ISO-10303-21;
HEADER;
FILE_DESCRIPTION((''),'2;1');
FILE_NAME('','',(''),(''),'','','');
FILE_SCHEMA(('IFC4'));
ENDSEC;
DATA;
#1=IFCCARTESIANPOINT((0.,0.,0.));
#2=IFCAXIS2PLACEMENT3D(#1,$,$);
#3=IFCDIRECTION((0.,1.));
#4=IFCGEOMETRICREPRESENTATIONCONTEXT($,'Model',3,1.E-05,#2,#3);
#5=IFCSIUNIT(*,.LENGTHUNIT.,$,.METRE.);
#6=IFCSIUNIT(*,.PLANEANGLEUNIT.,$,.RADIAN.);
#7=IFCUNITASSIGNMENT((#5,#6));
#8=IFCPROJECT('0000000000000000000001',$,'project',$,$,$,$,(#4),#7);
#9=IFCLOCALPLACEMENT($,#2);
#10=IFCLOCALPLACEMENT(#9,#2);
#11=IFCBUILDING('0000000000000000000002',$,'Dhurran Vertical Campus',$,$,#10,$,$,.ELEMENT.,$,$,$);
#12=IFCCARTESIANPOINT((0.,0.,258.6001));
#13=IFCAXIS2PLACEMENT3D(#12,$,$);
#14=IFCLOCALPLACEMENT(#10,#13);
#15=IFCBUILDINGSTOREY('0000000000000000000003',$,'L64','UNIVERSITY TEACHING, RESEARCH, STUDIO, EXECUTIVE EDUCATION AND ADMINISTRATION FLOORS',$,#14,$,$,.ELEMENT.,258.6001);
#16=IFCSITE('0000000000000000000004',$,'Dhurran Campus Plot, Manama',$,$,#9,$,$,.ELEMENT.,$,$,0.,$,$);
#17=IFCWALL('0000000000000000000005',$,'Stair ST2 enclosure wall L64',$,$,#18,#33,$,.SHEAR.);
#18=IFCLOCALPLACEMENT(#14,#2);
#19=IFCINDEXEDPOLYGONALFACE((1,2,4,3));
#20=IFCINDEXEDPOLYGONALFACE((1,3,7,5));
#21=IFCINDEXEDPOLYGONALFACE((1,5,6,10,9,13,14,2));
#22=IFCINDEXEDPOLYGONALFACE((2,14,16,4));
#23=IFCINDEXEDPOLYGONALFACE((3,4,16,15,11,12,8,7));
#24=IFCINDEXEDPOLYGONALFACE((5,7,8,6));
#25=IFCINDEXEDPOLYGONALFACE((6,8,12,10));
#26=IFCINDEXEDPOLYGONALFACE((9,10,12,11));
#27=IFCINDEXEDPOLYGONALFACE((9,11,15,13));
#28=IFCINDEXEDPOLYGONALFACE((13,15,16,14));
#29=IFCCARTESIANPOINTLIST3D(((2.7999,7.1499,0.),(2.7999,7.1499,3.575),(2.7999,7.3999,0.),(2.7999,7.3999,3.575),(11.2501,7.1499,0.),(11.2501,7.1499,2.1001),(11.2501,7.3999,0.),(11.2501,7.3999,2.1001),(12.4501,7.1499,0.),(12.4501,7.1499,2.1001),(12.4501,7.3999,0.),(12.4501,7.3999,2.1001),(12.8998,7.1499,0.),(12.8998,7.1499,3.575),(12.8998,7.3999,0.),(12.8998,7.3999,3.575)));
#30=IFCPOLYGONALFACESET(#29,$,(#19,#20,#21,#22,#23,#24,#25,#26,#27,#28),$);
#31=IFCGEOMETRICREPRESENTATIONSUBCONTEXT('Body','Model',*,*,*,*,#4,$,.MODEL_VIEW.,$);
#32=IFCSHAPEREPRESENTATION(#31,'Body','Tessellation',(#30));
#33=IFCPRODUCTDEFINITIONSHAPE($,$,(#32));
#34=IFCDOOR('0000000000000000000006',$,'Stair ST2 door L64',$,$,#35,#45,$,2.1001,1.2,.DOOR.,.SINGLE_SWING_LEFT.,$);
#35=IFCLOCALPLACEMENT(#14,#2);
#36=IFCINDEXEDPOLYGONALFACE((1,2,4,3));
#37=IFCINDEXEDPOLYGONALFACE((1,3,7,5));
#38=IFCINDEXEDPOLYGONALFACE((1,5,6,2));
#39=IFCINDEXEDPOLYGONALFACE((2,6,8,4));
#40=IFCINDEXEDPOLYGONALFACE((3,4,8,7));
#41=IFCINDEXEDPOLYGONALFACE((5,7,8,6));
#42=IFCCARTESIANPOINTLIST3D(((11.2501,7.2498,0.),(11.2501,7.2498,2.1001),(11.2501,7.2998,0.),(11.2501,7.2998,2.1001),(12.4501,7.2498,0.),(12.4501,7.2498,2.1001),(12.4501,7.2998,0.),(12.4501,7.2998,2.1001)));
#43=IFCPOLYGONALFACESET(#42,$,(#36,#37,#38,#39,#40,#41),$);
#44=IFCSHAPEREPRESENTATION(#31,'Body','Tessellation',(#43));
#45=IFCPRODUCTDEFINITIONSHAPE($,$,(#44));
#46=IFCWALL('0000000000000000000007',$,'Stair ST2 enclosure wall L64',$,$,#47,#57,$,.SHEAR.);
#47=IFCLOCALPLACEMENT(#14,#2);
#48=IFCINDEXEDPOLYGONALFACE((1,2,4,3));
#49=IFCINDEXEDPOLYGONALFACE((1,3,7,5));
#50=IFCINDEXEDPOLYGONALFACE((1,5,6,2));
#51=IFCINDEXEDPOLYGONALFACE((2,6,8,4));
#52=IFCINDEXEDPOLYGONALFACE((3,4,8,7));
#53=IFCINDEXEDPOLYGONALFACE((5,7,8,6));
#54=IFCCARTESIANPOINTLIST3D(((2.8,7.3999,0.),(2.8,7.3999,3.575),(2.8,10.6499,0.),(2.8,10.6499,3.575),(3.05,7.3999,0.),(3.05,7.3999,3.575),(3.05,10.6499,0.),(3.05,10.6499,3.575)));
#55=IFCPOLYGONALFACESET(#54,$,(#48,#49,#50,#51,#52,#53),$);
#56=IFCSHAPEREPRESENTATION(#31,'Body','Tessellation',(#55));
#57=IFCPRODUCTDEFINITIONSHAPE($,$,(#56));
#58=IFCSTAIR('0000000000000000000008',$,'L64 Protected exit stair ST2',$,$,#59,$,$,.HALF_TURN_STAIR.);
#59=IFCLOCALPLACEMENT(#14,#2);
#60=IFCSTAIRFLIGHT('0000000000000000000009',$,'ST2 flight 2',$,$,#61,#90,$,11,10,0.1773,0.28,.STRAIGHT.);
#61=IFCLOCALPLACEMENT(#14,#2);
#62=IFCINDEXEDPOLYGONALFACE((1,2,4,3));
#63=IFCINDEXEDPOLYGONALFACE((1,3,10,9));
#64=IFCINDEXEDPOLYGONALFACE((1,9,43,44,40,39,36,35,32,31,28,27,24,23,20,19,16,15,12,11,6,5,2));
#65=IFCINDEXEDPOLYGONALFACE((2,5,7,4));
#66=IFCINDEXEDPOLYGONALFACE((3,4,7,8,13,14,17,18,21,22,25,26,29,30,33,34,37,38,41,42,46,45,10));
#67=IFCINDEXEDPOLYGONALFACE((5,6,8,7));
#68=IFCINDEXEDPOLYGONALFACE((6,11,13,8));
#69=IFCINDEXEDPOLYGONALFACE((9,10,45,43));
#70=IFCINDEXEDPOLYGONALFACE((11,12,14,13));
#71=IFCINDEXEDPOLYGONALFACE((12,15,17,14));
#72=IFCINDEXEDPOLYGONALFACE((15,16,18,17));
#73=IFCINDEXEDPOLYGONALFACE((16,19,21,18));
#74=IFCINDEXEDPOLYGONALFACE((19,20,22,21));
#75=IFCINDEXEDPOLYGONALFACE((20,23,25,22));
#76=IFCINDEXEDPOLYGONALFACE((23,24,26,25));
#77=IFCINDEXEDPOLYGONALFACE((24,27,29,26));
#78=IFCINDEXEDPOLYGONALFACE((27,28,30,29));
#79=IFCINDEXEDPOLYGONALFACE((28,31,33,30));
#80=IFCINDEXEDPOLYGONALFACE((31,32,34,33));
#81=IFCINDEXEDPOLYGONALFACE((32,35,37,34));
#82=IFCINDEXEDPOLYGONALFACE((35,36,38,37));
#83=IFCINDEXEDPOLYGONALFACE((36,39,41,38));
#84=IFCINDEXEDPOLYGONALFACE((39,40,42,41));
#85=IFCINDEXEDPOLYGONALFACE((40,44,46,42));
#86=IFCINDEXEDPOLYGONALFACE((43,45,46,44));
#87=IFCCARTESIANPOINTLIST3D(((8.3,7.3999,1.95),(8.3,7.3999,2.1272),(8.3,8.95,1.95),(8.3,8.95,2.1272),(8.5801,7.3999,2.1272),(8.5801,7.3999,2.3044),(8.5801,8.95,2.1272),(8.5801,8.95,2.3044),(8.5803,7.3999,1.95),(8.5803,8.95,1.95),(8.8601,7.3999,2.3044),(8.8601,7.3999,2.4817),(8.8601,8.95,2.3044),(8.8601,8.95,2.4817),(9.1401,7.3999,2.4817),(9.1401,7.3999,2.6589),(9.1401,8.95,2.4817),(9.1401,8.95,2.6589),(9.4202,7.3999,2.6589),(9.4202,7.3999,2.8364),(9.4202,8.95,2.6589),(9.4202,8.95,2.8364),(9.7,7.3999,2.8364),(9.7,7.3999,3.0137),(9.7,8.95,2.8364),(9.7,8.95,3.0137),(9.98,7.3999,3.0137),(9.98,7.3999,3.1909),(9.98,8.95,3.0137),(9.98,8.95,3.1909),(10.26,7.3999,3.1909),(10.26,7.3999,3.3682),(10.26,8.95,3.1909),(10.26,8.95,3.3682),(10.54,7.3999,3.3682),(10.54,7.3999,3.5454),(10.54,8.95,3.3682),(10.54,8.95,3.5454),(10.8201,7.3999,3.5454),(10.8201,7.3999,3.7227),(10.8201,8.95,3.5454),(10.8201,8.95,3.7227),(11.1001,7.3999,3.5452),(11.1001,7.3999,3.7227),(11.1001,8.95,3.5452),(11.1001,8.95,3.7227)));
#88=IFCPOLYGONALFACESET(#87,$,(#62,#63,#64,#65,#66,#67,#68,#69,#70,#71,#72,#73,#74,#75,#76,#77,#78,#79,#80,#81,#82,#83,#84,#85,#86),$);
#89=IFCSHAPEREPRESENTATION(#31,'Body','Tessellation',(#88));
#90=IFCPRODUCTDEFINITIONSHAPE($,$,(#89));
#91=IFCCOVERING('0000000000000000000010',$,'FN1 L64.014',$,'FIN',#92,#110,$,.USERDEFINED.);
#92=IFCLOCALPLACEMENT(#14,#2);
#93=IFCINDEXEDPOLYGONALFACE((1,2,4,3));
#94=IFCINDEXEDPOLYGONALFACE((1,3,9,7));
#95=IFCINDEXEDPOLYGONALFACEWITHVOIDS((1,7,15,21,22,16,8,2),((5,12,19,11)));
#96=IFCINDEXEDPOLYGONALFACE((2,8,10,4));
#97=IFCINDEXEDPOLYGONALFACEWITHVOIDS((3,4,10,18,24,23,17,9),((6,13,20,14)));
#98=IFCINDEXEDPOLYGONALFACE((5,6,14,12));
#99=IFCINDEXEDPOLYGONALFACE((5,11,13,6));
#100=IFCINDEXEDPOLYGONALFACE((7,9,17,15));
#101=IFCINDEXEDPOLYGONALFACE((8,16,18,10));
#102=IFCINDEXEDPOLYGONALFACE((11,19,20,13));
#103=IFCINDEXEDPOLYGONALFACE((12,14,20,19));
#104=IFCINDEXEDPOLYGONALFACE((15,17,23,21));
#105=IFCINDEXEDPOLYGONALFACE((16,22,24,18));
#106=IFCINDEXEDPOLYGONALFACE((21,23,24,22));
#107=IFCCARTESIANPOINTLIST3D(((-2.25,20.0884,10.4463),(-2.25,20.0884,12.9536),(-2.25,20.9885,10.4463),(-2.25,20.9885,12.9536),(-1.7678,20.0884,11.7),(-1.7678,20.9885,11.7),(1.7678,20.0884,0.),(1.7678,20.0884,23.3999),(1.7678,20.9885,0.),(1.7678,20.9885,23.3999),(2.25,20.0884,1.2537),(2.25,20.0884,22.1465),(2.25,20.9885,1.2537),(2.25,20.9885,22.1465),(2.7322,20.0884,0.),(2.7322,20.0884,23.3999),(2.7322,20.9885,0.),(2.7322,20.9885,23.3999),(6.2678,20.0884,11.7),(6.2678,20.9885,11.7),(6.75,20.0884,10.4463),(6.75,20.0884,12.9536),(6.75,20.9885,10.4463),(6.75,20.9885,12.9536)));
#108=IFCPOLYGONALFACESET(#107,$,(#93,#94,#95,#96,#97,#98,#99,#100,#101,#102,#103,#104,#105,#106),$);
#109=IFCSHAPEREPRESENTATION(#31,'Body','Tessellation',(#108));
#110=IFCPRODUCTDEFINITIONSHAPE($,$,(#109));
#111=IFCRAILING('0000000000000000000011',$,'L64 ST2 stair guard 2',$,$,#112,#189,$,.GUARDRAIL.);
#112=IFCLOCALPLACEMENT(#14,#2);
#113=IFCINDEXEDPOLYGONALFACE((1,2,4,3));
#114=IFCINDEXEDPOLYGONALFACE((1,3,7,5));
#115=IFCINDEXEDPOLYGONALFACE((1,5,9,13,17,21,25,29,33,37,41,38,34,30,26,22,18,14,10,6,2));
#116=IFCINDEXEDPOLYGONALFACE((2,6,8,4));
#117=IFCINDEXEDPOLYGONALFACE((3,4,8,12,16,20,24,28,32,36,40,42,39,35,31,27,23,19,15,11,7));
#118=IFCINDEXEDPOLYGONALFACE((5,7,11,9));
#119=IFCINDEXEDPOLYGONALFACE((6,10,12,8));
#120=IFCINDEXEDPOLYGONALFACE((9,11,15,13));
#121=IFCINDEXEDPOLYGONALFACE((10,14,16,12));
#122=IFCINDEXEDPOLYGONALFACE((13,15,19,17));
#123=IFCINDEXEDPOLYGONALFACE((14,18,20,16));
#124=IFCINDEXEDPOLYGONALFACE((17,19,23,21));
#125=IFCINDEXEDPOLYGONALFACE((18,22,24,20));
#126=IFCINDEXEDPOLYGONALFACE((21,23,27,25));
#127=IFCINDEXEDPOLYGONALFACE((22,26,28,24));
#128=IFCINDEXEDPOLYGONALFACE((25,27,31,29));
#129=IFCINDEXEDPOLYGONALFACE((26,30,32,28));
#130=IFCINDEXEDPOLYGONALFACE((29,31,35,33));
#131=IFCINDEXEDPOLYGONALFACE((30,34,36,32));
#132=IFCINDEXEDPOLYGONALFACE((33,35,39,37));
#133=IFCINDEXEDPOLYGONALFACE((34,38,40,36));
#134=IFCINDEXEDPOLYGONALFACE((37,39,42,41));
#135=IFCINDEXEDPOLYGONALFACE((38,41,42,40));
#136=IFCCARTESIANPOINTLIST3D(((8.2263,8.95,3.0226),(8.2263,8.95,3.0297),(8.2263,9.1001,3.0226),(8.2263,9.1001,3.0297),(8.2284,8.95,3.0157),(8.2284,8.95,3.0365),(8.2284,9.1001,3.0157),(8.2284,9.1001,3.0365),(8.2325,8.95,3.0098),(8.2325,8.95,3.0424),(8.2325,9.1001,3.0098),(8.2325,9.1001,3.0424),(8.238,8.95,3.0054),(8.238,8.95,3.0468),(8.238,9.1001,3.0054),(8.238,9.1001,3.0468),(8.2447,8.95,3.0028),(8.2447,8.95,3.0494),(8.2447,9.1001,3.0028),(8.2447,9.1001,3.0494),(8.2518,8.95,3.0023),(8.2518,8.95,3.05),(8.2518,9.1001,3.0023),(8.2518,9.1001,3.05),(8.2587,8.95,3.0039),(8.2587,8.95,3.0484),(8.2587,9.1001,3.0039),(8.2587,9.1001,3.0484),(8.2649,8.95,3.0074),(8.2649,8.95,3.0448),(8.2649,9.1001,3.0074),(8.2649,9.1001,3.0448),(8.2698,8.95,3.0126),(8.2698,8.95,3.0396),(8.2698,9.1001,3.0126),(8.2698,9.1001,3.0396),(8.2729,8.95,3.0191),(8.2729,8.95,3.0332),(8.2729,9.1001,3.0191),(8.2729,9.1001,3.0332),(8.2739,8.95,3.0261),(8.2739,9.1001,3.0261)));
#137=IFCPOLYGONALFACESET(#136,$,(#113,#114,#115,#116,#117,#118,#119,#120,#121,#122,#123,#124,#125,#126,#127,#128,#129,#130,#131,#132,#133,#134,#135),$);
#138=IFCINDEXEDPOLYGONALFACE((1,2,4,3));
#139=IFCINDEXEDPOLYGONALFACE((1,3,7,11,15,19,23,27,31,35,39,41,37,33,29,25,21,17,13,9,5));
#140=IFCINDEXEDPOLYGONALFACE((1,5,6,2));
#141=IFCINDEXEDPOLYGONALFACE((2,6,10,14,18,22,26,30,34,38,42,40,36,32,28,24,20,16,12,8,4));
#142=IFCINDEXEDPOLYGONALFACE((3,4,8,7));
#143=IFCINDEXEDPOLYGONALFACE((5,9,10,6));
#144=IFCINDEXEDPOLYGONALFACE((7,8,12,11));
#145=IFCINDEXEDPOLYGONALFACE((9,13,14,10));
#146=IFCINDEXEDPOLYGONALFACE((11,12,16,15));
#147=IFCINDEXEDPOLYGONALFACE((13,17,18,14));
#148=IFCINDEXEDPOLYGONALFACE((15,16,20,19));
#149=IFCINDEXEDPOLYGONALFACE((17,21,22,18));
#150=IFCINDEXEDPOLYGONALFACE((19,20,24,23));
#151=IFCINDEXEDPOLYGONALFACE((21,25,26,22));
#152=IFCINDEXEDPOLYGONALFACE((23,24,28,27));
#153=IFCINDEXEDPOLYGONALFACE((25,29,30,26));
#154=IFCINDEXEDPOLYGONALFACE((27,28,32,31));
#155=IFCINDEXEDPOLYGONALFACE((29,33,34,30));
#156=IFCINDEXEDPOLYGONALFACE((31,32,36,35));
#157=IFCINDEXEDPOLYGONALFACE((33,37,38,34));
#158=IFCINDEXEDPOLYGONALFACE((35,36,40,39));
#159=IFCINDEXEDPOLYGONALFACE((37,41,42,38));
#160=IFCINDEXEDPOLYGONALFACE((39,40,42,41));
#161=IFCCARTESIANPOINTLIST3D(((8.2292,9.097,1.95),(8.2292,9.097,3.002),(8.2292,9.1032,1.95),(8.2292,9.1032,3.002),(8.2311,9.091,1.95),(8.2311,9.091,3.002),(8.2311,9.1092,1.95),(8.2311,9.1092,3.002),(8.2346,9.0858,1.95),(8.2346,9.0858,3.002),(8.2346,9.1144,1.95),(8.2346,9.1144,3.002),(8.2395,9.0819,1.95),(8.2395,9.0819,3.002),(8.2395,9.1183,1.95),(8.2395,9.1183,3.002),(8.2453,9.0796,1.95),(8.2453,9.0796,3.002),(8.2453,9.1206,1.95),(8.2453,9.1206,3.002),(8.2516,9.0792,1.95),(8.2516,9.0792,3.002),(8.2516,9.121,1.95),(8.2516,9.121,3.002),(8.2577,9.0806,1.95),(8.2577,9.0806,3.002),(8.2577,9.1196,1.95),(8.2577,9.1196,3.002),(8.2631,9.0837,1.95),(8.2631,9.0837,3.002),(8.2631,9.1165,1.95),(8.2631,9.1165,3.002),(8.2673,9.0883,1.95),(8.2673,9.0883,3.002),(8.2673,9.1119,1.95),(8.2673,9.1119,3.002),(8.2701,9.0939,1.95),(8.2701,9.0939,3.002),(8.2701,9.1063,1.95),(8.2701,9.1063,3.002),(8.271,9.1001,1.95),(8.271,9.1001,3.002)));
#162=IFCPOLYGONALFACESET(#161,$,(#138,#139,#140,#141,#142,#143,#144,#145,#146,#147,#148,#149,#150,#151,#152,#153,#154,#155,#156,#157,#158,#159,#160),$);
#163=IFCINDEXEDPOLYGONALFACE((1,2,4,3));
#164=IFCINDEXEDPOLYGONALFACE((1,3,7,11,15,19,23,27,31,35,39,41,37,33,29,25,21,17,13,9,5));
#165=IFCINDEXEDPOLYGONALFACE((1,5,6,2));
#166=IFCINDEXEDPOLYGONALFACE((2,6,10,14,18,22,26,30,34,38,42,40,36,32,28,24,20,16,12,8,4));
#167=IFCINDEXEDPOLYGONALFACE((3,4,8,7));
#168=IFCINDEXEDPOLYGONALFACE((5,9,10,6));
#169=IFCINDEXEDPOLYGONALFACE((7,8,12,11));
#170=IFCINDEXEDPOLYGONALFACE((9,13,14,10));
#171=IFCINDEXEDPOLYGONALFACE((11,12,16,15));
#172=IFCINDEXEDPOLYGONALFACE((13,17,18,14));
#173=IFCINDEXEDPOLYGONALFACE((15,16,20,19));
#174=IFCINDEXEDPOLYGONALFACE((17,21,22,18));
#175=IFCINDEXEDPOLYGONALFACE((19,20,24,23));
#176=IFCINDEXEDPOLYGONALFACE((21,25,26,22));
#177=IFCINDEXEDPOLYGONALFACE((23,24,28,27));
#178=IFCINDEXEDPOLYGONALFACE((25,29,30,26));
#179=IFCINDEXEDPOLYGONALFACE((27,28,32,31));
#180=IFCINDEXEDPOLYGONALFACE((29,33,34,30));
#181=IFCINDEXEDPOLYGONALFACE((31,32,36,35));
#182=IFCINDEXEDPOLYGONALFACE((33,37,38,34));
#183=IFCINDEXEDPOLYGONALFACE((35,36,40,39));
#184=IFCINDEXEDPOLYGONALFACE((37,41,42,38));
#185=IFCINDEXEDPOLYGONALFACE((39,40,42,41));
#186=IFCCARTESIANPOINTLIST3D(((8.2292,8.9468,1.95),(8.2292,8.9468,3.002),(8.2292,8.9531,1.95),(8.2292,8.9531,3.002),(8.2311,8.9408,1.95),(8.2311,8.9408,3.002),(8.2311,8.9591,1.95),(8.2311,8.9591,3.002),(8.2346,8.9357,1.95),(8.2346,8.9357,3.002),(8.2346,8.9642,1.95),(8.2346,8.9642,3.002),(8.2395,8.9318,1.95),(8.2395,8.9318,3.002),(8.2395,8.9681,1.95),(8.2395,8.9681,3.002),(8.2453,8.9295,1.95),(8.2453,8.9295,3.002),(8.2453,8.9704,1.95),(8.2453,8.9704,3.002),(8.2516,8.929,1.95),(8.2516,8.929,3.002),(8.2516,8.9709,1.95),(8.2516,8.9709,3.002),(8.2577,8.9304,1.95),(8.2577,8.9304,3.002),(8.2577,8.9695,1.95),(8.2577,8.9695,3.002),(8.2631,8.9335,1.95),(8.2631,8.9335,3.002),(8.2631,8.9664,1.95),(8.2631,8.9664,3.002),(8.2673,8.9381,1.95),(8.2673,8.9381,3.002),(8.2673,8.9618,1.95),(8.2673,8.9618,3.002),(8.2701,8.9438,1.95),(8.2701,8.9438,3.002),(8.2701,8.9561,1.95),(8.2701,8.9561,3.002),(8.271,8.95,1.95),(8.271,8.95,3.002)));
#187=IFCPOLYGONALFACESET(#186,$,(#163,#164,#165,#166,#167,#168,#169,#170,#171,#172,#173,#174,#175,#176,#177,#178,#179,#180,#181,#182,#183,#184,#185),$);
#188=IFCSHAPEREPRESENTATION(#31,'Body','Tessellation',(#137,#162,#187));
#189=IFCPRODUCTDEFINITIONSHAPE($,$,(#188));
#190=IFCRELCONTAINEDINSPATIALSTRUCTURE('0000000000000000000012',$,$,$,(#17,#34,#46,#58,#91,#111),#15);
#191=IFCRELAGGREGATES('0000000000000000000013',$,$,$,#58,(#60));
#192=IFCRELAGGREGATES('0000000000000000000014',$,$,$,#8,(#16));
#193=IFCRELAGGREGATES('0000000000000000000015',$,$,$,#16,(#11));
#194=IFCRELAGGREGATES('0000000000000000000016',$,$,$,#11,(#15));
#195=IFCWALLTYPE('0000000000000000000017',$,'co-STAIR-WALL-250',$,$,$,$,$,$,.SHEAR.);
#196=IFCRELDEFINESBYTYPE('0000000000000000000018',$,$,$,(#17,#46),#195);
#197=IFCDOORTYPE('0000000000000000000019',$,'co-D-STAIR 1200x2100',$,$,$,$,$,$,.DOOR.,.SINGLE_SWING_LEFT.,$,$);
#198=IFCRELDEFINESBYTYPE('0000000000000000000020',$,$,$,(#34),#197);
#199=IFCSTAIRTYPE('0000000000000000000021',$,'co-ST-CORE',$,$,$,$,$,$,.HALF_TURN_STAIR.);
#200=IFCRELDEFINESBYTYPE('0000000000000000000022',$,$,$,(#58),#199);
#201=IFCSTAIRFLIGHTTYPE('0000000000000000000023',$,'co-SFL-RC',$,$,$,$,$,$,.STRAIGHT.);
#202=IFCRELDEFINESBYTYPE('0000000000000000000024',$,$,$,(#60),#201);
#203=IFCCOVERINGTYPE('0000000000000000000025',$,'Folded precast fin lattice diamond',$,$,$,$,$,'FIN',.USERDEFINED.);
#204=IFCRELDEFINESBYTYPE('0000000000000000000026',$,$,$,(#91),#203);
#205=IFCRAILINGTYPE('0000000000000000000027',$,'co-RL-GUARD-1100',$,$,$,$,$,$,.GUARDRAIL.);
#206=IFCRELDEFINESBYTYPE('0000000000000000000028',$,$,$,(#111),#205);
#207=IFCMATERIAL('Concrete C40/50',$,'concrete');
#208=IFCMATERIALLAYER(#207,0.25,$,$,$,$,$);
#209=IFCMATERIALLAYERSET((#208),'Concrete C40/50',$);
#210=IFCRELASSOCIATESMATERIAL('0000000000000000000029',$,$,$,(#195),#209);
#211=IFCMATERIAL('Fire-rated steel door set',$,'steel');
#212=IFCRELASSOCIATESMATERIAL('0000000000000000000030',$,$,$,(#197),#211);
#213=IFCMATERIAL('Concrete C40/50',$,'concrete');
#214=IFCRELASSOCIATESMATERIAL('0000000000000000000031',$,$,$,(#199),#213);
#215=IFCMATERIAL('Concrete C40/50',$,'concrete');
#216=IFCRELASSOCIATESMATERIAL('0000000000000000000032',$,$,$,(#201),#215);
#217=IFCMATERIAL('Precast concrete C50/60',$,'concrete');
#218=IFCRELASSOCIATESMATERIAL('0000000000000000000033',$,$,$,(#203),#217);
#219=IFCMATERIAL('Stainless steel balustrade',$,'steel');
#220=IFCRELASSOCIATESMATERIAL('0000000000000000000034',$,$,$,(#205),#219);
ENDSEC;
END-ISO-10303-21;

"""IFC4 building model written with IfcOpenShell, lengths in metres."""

from ifc_helpers import new_model, si_unit, direction, frame, frame_2d, origin, origin_2d, place, context, subcontext, project, spatial, polyline, rectangle, circle, outline, extrude, material, layer, layer_set, type_object, element, fill, aggregate, save


model = new_model("IFC4")

# Units and contexts
model_context = context("Model", 3, precision=1e-05, world=origin(), true_north=direction((0.0, 1.0)))
body_context = subcontext(model_context, "Body", "Model", "MODEL_VIEW")
ifc_project = project(units=[si_unit("LENGTHUNIT", "METRE"), si_unit("PLANEANGLEUNIT", "RADIAN")], contexts=[model_context])

# Site, building, storey
site_placement = place(None, origin())
site = spatial("IfcSite", under=ifc_project, at=site_placement, Name="Dhurran Campus Plot, Manama", CompositionType="ELEMENT", RefElevation=0.0)
building_placement = place(site_placement, origin())
building = spatial("IfcBuilding", under=site, at=building_placement, Name="Dhurran Vertical Campus", CompositionType="ELEMENT")
storey_placement = place(building_placement, frame((0.0, 0.0, 258.6001)))
storey = spatial("IfcBuildingStorey", under=building, at=storey_placement, Name="L64", Description="UNIVERSITY TEACHING, RESEARCH, STUDIO, EXECUTIVE EDUCATION AND ADMINISTRATION FLOORS", CompositionType="ELEMENT", Elevation=258.6001)

# Wall, opening, door
ifc_material_1 = material(Name="Concrete C40/50", Category="concrete")
ifc_layer_1 = layer(ifc_material_1, 0.25)
ifc_layer_set_1 = layer_set([ifc_layer_1], Name="Concrete C40/50")
wall_type_1 = type_object("IfcWallType", Name="co-STAIR-WALL-250", PredefinedType="SHEAR", material=ifc_layer_set_1)
wall_1_placement = place(storey_placement, frame((2.8, 7.2749, 0.0), z_axis=(0.0, 0.0, 1.0), x_axis=(1.0, 0.0, 0.0)))
wall_1 = element("IfcWall", 1, at=wall_1_placement, inside=storey, type_object=wall_type_1, Name="Stair ST2 enclosure wall L64", PredefinedType="SHEAR", context=body_context, shape_type="SweptSolid", body=[
    extrude(rectangle(XDim=10.0999, YDim=0.25, at=frame_2d((5.0498, 0.0))), origin(), (0.0, 0.0, 1.0), 3.575),
])
opening_1_placement = place(wall_1_placement, frame((8.45, 0.0, 0.0)))
opening_1 = element("IfcOpeningElement", 2, at=opening_1_placement, cuts=wall_1, PredefinedType="OPENING", context=body_context, shape_type="SweptSolid", body=[
    extrude(rectangle(XDim=1.2, YDim=2.1001, at=frame_2d((0.6001, 1.05))), frame((0.0, 0.135, 0.0), z_axis=(0.0, -1.0, 0.0), x_axis=(1.0, 0.0, 0.0)), (0.0, 0.0, 1.0), 0.27),
])
ifc_material_2 = material(Name="Fire-rated steel door set", Category="steel")
door_type_1 = type_object("IfcDoorType", Name="co-D-STAIR 1200x2100", OperationType="SINGLE_SWING_LEFT", PredefinedType="DOOR", material=ifc_material_2)
door_1_placement = place(opening_1_placement, origin())
door_1 = element("IfcDoor", 3, at=door_1_placement, inside=storey, type_object=door_type_1, Name="Stair ST2 door L64", OperationType="SINGLE_SWING_LEFT", OverallHeight=2.1001, OverallWidth=1.2, PredefinedType="DOOR", context=body_context, shape_type="SweptSolid", body=[
    extrude(rectangle(XDim=1.2, YDim=2.1001, at=frame_2d((0.6001, 1.05))), frame((0.0, 0.0249, 0.0), z_axis=(0.0, -1.0, 0.0), x_axis=(1.0, 0.0, 0.0)), (0.0, 0.0, 1.0), 0.05),
])
fill(opening_1, door_1)

# Wall
wall_2_placement = place(storey_placement, frame((2.925, 7.3999, 0.0), z_axis=(0.0, 0.0, 1.0), x_axis=(0.0, 1.0, 0.0)))
element("IfcWall", 4, at=wall_2_placement, inside=storey, type_object=wall_type_1, Name="Stair ST2 enclosure wall L64", PredefinedType="SHEAR", context=body_context, shape_type="SweptSolid", body=[
    extrude(rectangle(XDim=3.25, YDim=0.25, at=frame_2d((1.625, 0.0))), origin(), (0.0, 0.0, 1.0), 3.575),
])

# Stair, stair flight
ifc_material_3 = material(Name="Concrete C40/50", Category="concrete")
stair_type = type_object("IfcStairType", Name="co-ST-CORE", PredefinedType="HALF_TURN_STAIR", material=ifc_material_3)
stair_placement = place(storey_placement, origin())
stair = element("IfcStair", 5, at=stair_placement, inside=storey, type_object=stair_type, Name="L64 Protected exit stair ST2", PredefinedType="HALF_TURN_STAIR")
ifc_material_4 = material(Name="Concrete C40/50", Category="concrete")
stair_flight_type = type_object("IfcStairFlightType", Name="co-SFL-RC", PredefinedType="STRAIGHT", material=ifc_material_4)
stair_flight_placement = place(storey_placement, frame((8.3, 8.175, 1.95), z_axis=(0.0, 0.0, 1.0), x_axis=(1.0, 0.0, 0.0)))
stair_flight = element("IfcStairFlight", 6, at=stair_flight_placement, type_object=stair_flight_type, Name="ST2 flight 2", NumberOfRisers=11, NumberOfTreads=10, PredefinedType="STRAIGHT", RiserHeight=0.1773, TreadLength=0.28, context=body_context, shape_type="SweptSolid", body=[
    extrude(outline(polyline([(0.0, 0.0), (0.0, 0.1772), (0.28, 0.1772), (0.28, 0.3545), (0.5601, 0.3545), (0.5601, 0.5317), (0.8401, 0.5317), (0.8401, 0.709), (1.1201, 0.709), (1.1201, 0.8865), (1.3999, 0.8865), (1.3999, 1.0637), (1.6799, 1.0637), (1.6799, 1.241), (1.96, 1.241), (1.96, 1.4182), (2.24, 1.4182), (2.24, 1.5955), (2.52, 1.5955), (2.52, 1.7727), (2.8, 1.7727), (2.8, 1.95), (2.8, 1.5952), (0.2803, 0.0), (0.0, 0.0)])), frame((0.0, 0.7749, 0.0), z_axis=(0.0, -1.0, 0.0), x_axis=(1.0, 0.0, 0.0)), (0.0, 0.0, 1.0), 1.55),
])
aggregate(stair, [stair_flight])

# Covering
ifc_material_5 = material(Name="Precast concrete C50/60", Category="concrete")
covering_type = type_object("IfcCoveringType", Name="Folded precast fin lattice diamond", ElementType="FIN", PredefinedType="USERDEFINED", material=ifc_material_5)
covering_placement = place(storey_placement, frame((6.75, 20.0884, 0.0), z_axis=(0.0, 1.0, 0.0), x_axis=(-1.0, 0.0, 0.0)))
element("IfcCovering", 7, at=covering_placement, inside=storey, type_object=covering_type, Name="FN1 L64.014", ObjectType="FIN", PredefinedType="USERDEFINED", context=body_context, shape_type="SweptSolid", body=[
    extrude(outline(polyline([(9.0, 12.9536), (9.0, 10.4463), (4.9822, 0.0), (4.0178, 0.0), (0.0, 10.4463), (0.0, 12.9536), (4.0178, 23.3999), (4.9822, 23.3999), (9.0, 12.9536)]), holes=[polyline([(8.5178, 11.7), (4.5, 22.1465), (0.4822, 11.7), (4.5, 1.2537), (8.5178, 11.7)])]), origin(), (0.0, 0.0, 1.0), 0.9001),
])

# Railing
ifc_material_6 = material(Name="Stainless steel balustrade", Category="steel")
railing_type_1 = type_object("IfcRailingType", Name="co-RL-GUARD-1100", PredefinedType="GUARDRAIL", material=ifc_material_6)
railing_1_placement = place(storey_placement, frame((8.25, 9.1001, 1.95)))
element("IfcRailing", 8, at=railing_1_placement, inside=storey, type_object=railing_type_1, Name="L64 ST2 stair guard 2", PredefinedType="GUARDRAIL", context=body_context, shape_type="SweptSolid", body=[
    extrude(circle(Radius=0.0239, at=origin_2d()), frame((0.0, 0.0, 1.0762), z_axis=(0.0, -1.0, 0.0), x_axis=(1.0, 0.0, 0.0)), (0.0, 0.0, 1.0), 0.1501),
    extrude(circle(Radius=0.021, at=origin_2d()), origin(), (0.0, 0.0, 1.0), 1.052),
    extrude(circle(Radius=0.021, at=origin_2d()), frame((0.0, -0.1501, 0.0)), (0.0, 0.0, 1.0), 1.052),
])

save(model, "model.ifc")
